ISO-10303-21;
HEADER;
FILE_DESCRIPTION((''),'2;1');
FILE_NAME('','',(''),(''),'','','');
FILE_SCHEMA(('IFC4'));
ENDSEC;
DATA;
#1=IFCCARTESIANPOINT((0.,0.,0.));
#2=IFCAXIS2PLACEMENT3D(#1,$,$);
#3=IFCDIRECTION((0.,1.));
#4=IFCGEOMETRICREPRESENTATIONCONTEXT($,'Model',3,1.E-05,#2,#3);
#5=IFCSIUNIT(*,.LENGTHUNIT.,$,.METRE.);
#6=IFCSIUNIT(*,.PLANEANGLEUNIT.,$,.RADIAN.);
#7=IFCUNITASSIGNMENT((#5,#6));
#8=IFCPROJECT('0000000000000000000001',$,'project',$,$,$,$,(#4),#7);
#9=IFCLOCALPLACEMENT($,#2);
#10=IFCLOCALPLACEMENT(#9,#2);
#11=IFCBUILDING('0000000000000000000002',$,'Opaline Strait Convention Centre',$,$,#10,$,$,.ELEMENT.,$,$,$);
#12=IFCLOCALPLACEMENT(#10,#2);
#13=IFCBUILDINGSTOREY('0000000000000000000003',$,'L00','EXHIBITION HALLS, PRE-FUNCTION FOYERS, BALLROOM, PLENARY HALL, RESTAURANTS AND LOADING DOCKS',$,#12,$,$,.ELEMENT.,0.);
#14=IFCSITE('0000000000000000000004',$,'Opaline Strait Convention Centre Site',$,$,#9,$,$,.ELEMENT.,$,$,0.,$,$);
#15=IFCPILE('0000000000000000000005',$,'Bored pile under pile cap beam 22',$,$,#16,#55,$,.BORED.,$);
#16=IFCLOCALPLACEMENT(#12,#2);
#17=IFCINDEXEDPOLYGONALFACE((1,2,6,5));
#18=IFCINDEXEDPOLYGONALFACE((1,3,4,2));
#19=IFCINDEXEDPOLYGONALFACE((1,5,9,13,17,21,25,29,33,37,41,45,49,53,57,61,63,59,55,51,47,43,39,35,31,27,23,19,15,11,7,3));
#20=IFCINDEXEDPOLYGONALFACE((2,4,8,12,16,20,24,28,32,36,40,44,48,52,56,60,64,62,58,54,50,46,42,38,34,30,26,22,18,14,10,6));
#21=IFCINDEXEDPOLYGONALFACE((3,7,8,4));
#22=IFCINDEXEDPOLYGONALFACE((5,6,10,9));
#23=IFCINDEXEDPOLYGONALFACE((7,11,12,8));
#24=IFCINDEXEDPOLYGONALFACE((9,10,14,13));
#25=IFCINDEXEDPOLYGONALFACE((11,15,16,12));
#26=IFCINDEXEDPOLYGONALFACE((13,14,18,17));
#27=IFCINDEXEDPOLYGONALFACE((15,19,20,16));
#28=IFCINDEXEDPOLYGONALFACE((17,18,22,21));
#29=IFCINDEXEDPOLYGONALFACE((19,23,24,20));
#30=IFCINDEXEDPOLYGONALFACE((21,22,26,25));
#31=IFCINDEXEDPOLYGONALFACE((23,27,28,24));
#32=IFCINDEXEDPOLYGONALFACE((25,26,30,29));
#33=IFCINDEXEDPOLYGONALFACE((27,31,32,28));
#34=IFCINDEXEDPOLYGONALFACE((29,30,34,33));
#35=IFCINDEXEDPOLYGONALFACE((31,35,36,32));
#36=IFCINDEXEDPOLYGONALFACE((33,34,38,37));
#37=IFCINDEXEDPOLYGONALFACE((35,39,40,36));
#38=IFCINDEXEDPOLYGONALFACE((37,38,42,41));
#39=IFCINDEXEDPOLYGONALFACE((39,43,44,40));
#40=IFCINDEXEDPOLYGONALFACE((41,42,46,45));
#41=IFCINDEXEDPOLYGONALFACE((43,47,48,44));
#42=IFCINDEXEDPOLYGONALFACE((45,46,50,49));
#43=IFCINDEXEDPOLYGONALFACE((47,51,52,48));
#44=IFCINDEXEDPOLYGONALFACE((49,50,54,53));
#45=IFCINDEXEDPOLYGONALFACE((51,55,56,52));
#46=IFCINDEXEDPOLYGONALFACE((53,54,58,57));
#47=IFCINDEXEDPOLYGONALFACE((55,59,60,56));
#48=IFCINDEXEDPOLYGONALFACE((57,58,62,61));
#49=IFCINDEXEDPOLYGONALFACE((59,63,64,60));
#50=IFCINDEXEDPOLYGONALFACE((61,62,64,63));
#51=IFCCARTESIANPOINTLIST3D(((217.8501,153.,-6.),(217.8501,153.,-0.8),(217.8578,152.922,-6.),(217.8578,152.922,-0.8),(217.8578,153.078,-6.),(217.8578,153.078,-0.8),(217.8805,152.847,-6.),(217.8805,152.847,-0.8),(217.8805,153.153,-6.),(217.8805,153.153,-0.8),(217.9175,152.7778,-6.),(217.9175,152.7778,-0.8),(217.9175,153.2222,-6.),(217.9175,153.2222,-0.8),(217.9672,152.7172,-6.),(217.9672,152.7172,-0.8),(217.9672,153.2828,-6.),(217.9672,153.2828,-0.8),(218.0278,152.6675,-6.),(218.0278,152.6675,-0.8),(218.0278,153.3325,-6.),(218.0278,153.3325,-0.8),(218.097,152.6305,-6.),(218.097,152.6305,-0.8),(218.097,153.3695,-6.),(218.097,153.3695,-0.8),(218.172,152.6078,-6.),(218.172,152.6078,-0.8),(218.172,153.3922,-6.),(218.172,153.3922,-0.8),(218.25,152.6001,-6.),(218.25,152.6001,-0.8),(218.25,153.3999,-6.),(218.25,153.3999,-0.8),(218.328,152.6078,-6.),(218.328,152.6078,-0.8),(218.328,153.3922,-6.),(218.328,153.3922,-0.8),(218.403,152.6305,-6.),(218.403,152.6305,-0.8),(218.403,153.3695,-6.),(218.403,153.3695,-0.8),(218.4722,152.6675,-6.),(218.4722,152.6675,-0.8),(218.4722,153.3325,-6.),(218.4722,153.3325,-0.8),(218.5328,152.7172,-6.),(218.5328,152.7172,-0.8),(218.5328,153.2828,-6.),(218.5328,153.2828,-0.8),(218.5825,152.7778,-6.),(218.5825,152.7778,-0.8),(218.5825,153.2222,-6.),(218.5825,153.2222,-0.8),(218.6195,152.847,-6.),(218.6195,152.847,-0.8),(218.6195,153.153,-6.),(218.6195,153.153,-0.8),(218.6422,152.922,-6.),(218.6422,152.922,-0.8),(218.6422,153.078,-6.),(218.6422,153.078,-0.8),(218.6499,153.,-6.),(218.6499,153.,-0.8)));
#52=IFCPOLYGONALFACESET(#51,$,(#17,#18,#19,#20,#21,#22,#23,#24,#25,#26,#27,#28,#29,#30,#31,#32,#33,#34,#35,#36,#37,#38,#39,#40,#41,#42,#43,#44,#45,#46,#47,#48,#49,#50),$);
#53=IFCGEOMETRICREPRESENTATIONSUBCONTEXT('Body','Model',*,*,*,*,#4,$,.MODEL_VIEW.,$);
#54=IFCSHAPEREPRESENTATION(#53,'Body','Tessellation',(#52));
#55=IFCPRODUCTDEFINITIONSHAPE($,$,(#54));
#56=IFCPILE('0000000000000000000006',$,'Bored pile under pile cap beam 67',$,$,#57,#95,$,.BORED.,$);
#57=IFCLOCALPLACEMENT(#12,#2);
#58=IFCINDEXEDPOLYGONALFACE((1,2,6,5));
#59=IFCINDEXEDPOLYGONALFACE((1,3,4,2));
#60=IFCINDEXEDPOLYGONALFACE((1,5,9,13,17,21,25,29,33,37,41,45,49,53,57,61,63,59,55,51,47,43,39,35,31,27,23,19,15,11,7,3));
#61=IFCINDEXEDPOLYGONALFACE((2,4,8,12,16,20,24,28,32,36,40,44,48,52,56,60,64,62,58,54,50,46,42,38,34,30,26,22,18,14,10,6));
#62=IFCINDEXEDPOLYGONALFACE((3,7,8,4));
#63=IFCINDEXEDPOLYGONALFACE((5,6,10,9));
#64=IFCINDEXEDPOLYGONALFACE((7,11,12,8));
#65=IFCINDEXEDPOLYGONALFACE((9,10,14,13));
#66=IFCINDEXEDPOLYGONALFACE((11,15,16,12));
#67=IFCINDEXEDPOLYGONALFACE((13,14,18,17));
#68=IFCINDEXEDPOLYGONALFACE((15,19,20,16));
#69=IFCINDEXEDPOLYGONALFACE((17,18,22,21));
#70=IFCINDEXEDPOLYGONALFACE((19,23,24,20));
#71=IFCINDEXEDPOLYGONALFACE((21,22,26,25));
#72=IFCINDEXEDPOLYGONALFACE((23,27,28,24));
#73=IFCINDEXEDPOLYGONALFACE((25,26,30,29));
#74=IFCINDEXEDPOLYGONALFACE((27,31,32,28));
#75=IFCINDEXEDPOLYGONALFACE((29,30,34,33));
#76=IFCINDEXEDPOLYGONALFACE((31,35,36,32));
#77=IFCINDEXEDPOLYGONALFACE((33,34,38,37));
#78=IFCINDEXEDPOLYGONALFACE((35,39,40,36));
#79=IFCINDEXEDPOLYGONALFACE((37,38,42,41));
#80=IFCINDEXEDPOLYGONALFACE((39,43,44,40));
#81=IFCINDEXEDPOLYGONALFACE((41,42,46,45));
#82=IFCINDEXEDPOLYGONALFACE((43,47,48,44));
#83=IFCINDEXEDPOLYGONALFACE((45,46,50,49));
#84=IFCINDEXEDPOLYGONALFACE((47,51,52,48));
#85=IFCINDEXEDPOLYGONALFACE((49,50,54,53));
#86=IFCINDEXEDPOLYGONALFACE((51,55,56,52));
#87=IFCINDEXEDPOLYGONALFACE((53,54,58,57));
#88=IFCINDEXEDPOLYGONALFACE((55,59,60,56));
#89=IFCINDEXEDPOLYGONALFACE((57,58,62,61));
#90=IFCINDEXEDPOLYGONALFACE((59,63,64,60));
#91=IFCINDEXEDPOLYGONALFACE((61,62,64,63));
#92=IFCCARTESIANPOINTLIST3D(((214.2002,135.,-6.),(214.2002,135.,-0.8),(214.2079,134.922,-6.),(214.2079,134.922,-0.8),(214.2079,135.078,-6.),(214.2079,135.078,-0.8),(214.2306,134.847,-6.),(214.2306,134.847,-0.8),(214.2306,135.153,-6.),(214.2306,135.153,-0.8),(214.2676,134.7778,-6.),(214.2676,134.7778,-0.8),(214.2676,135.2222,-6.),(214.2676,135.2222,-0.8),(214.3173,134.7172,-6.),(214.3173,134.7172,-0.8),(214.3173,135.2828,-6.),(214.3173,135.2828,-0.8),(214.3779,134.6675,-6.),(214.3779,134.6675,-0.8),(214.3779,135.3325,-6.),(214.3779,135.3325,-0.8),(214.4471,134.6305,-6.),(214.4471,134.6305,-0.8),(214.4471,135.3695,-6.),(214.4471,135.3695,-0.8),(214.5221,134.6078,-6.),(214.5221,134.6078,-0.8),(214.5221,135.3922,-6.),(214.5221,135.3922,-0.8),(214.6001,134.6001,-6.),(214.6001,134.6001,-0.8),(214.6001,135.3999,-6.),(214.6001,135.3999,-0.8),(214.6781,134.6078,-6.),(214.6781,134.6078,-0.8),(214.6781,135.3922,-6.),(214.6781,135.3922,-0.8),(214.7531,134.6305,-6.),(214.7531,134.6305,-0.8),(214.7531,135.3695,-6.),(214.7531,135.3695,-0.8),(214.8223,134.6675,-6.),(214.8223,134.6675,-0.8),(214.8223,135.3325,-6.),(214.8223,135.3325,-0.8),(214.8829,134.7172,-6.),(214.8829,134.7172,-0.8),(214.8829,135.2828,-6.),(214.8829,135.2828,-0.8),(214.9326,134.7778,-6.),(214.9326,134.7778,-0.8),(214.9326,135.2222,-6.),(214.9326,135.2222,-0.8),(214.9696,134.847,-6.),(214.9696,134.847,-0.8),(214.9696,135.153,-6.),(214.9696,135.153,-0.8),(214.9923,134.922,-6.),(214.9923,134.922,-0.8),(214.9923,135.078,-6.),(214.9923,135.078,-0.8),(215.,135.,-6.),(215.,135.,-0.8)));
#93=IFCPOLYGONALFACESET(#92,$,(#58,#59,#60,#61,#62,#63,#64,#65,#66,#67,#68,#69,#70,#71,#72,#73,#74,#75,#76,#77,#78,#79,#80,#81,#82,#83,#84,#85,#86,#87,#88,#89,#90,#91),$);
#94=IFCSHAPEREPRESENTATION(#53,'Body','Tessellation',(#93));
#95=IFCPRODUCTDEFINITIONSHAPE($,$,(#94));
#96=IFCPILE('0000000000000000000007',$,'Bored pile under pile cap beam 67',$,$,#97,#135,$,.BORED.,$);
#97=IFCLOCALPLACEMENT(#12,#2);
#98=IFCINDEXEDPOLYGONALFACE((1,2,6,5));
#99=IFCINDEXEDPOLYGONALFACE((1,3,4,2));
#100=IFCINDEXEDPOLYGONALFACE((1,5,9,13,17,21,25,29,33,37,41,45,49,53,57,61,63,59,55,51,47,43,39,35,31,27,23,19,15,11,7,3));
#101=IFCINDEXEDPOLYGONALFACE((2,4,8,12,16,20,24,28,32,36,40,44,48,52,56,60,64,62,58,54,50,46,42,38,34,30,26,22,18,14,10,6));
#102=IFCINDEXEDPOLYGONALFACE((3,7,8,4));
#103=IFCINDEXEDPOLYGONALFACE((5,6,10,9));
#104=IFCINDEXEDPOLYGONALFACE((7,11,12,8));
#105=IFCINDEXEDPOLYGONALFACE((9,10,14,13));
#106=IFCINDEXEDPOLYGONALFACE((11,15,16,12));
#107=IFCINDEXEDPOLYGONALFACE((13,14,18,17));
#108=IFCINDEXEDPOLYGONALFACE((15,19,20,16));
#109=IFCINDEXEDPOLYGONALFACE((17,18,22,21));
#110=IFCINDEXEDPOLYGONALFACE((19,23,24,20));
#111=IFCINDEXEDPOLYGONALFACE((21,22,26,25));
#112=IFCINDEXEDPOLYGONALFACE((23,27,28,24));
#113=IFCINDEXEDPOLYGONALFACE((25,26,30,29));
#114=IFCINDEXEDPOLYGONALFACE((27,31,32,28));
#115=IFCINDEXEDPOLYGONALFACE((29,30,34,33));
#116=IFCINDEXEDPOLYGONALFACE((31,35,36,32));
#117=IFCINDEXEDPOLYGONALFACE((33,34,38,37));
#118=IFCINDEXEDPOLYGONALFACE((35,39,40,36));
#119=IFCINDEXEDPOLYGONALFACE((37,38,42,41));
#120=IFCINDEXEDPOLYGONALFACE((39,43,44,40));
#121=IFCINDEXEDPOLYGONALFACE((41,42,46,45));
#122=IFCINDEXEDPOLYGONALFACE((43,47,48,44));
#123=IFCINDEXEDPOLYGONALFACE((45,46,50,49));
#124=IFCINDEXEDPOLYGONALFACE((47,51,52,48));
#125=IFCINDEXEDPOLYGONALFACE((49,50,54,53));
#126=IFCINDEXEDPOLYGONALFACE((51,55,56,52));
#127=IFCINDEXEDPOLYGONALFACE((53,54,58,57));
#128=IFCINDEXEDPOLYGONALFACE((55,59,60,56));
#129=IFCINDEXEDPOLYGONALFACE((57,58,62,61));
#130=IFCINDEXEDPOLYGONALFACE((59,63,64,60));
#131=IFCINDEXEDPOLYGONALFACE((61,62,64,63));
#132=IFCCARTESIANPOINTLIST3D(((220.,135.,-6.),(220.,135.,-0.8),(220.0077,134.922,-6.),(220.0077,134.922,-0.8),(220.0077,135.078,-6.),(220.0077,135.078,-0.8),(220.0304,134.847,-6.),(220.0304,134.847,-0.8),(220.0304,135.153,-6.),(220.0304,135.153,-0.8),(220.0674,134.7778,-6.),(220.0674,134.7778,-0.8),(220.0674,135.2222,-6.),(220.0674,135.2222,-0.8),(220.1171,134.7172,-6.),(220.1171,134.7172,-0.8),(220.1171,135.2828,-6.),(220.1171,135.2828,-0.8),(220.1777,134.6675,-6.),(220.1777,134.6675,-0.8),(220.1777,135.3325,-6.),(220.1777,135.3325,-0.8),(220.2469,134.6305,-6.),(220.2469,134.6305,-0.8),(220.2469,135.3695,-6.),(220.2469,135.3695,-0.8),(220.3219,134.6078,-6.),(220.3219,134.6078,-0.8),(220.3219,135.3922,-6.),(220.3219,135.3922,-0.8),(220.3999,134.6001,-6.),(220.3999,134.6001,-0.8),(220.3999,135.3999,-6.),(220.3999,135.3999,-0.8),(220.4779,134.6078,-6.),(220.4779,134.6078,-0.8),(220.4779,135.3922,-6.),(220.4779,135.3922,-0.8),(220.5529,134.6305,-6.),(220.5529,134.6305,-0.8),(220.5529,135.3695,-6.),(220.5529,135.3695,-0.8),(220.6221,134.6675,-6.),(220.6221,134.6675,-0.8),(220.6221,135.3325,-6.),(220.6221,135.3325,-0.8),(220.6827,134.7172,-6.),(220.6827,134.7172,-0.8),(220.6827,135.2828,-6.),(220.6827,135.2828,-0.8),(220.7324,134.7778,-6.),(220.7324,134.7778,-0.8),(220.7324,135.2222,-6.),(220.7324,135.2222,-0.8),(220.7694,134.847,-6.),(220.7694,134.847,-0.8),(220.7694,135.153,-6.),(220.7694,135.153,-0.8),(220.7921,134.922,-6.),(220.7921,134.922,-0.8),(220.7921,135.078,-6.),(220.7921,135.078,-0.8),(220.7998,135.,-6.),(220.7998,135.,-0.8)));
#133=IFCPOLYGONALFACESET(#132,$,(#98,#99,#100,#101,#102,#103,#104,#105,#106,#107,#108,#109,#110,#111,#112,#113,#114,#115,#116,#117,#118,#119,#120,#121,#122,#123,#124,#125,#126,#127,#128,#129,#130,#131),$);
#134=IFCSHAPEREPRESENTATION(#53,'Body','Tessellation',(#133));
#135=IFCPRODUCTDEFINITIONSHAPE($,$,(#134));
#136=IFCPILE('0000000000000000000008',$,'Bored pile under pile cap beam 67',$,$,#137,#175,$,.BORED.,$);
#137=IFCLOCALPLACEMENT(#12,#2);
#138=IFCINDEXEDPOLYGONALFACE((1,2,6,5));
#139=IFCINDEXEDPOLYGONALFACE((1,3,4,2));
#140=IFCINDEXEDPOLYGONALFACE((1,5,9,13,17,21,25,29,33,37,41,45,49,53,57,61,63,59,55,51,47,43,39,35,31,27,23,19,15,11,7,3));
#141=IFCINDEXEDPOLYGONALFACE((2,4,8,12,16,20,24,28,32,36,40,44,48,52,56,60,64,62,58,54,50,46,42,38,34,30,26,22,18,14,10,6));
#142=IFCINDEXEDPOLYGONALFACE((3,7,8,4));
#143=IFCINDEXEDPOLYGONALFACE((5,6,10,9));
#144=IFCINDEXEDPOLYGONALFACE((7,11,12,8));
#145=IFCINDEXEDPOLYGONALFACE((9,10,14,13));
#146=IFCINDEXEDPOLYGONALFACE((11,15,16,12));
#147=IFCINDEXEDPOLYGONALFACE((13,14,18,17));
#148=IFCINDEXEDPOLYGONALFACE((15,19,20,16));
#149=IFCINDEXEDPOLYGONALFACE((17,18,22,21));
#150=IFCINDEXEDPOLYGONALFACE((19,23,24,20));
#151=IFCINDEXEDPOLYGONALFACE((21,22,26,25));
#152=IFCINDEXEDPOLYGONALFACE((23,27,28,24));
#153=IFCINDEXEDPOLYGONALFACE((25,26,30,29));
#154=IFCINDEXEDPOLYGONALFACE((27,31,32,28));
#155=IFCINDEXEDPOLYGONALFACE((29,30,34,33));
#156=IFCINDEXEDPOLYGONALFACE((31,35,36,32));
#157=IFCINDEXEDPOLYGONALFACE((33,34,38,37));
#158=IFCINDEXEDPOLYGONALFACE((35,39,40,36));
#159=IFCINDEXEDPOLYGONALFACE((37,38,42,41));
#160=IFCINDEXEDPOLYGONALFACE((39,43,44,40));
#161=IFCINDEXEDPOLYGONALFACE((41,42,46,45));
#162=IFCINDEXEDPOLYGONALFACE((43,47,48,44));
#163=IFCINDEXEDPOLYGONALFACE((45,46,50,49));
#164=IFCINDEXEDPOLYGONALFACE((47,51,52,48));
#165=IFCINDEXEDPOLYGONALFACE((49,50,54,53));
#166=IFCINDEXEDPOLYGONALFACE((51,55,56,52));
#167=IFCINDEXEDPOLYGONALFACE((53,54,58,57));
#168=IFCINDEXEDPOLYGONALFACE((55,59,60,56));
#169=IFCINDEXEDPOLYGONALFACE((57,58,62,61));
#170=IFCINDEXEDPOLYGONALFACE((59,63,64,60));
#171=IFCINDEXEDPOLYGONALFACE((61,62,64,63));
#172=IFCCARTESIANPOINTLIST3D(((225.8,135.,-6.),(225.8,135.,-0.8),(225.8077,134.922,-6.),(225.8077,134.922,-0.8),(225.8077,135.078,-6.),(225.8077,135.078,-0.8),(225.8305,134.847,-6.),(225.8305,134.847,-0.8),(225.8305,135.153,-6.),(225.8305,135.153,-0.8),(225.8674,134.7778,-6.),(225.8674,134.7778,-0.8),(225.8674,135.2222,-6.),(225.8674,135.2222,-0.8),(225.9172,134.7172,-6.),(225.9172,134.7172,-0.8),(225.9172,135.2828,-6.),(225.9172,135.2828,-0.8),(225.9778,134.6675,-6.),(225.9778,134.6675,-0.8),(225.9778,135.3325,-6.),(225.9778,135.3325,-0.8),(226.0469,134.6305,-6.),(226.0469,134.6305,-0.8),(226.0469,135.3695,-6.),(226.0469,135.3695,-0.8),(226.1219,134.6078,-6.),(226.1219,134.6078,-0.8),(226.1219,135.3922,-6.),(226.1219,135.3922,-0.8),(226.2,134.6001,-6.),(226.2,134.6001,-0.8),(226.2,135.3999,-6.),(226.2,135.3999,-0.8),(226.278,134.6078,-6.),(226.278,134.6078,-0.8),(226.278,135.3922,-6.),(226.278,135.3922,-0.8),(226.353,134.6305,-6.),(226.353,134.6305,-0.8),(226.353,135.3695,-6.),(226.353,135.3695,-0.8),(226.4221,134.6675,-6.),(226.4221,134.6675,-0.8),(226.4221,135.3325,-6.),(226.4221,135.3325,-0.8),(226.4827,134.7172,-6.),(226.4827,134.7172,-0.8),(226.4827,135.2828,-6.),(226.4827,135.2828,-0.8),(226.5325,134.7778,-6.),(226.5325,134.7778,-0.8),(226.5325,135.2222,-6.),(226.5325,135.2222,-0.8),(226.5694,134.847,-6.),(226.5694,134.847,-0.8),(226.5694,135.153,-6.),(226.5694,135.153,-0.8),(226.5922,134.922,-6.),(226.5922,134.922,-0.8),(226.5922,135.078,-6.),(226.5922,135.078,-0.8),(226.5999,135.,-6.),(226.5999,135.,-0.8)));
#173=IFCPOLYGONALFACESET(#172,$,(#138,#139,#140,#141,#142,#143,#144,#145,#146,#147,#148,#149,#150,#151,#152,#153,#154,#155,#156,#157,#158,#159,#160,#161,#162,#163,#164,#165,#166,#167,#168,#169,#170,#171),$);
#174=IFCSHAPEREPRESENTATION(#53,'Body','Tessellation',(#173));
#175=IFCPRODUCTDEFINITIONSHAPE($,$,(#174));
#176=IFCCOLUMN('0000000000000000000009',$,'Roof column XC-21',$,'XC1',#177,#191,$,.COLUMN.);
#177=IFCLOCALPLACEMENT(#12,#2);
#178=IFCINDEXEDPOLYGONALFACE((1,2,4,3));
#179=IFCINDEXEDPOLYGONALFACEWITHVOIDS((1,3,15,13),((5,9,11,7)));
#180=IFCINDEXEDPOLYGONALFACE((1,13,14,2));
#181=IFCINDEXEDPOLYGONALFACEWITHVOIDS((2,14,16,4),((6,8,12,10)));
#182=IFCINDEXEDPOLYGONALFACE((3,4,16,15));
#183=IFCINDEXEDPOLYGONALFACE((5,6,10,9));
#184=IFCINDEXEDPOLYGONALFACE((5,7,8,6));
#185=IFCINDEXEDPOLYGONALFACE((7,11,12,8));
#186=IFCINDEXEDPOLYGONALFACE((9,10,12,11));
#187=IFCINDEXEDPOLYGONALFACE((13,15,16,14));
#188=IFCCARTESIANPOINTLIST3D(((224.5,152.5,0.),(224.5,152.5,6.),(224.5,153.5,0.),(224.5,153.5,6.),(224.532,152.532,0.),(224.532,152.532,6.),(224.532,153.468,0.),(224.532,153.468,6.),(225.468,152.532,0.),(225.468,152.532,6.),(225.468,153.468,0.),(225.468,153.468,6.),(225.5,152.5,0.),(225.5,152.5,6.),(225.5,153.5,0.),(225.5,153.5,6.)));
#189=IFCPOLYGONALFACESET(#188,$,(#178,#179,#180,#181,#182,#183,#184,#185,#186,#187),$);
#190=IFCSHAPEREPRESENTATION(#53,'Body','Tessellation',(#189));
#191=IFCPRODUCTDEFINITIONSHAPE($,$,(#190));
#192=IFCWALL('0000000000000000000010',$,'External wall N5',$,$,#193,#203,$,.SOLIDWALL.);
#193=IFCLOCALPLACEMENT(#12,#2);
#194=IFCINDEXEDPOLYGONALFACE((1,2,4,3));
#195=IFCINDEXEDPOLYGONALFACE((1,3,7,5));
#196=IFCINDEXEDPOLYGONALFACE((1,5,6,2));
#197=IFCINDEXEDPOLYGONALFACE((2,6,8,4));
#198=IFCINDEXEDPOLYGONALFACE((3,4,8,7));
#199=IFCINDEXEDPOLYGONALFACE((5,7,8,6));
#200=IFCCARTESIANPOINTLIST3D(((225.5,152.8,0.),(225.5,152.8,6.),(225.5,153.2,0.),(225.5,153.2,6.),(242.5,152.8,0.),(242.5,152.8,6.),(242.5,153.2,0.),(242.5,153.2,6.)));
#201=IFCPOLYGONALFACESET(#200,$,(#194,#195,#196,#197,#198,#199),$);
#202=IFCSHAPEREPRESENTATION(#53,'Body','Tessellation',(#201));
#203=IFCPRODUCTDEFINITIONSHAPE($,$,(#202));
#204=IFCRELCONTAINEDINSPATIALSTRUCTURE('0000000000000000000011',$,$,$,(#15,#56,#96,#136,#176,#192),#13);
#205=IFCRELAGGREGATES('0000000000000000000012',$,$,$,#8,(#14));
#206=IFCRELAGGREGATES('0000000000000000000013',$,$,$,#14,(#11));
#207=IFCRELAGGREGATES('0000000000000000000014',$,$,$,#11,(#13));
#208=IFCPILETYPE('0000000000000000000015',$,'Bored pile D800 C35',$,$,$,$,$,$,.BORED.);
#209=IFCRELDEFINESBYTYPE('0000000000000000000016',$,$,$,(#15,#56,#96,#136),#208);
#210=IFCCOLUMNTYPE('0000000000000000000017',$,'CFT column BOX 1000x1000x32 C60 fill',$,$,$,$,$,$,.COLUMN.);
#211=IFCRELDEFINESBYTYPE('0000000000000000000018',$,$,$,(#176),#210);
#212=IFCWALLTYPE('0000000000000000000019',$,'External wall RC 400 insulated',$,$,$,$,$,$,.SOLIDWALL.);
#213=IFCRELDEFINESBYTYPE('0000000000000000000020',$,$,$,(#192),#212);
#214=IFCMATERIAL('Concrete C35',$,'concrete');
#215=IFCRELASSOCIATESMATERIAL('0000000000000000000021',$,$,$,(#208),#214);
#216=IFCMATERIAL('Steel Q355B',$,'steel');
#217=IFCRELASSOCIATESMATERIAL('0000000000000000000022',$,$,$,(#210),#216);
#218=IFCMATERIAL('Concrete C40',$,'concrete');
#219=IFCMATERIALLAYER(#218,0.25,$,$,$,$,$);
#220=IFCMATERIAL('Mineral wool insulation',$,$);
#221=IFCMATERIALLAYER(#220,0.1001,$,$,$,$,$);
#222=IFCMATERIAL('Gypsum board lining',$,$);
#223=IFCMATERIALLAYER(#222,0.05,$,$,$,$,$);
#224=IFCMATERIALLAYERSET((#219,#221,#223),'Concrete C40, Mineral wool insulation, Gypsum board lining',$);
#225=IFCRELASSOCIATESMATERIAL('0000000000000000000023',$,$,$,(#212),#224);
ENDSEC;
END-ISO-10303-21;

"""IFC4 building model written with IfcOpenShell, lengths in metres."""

from ifc_helpers import new_model, si_unit, direction, frame, frame_2d, origin, origin_2d, place, context, subcontext, project, spatial, rectangle, hollow_rectangle, circle, extrude, material, layer, layer_set, material_profile, profile_set, type_object, element, save


model = new_model("IFC4")

# Units and contexts
model_context = context("Model", 3, precision=1e-05, world=origin(), true_north=direction((0.0, 1.0)))
body_context = subcontext(model_context, "Body", "Model", "MODEL_VIEW")
ifc_project = project(units=[si_unit("LENGTHUNIT", "METRE"), si_unit("PLANEANGLEUNIT", "RADIAN")], contexts=[model_context])

# Site, building, storey
site_placement = place(None, origin())
site = spatial("IfcSite", under=ifc_project, at=site_placement, Name="Opaline Strait Convention Centre Site", CompositionType="ELEMENT", RefElevation=0.0)
building_placement = place(site_placement, origin())
building = spatial("IfcBuilding", under=site, at=building_placement, Name="Opaline Strait Convention Centre", CompositionType="ELEMENT")
storey_placement = place(building_placement, origin())
storey = spatial("IfcBuildingStorey", under=building, at=storey_placement, Name="L00", Description="EXHIBITION HALLS, PRE-FUNCTION FOYERS, BALLROOM, PLENARY HALL, RESTAURANTS AND LOADING DOCKS", CompositionType="ELEMENT", Elevation=0.0)

# Piles
ifc_material_1 = material(Name="Concrete C35", Category="concrete")
ifc_material_profile_1 = material_profile(ifc_material_1, circle(Radius=0.3999, at=origin_2d()), Name="D800")
ifc_profile_set_1 = profile_set([ifc_material_profile_1], Name="Concrete C35")
pile_type_1 = type_object("IfcPileType", Name="Bored pile D800 C35", PredefinedType="BORED", material=ifc_profile_set_1)
for number, where, z_axis, x_axis, name in (
    (1, (218.25, 153.0, -0.8), (0.0, 0.0, -1.0), (1.0, 0.0, 0.0), "Bored pile under pile cap beam 22"),
    (2, (214.6001, 135.0, -0.8), (0.0, 0.0, -1.0), (1.0, 0.0, 0.0), "Bored pile under pile cap beam 67"),
    (3, (220.3999, 135.0, -0.8), (0.0, 0.0, -1.0), (1.0, 0.0, 0.0), "Bored pile under pile cap beam 67"),
    (4, (226.2, 135.0, -0.8), (0.0, 0.0, -1.0), (1.0, 0.0, 0.0), "Bored pile under pile cap beam 67"),
):
    element("IfcPile", number, at=place(storey_placement, frame(where, z_axis=z_axis, x_axis=x_axis)), inside=storey, type_object=pile_type_1, Name=name, PredefinedType="BORED", context=body_context, shape_type="SweptSolid", body=[
        extrude(circle(Radius=0.3999, at=origin_2d()), origin(), (0.0, 0.0, 1.0), 5.2),
    ])

# Column
ifc_material_2 = material(Name="Steel Q355B", Category="steel")
ifc_material_profile_2 = material_profile(ifc_material_2, hollow_rectangle(XDim=1.0, YDim=1.0, WallThickness=0.032, at=origin_2d()), Name="BOX 1000x1000x32")
ifc_profile_set_2 = profile_set([ifc_material_profile_2], Name="Steel Q355B")
column_type = type_object("IfcColumnType", Name="CFT column BOX 1000x1000x32 C60 fill", PredefinedType="COLUMN", material=ifc_profile_set_2)
column_placement = place(storey_placement, frame((225.0, 153.0, 0.0), z_axis=(0.0, 0.0, 1.0), x_axis=(1.0, 0.0, 0.0)))
element("IfcColumn", 5, at=column_placement, inside=storey, type_object=column_type, Name="Roof column XC-21", ObjectType="XC1", PredefinedType="COLUMN", context=body_context, shape_type="SweptSolid", body=[
    extrude(hollow_rectangle(XDim=1.0, YDim=1.0, WallThickness=0.032, at=origin_2d()), origin(), (0.0, 0.0, 1.0), 6.0),
])

# Wall
ifc_material_3 = material(Name="Concrete C40", Category="concrete")
ifc_layer_1 = layer(ifc_material_3, 0.25)
ifc_material_4 = material(Name="Mineral wool insulation")
ifc_layer_2 = layer(ifc_material_4, 0.1001)
ifc_material_5 = material(Name="Gypsum board lining")
ifc_layer_3 = layer(ifc_material_5, 0.05)
ifc_layer_set = layer_set([ifc_layer_1, ifc_layer_2, ifc_layer_3], Name="Concrete C40, Mineral wool insulation, Gypsum board lining")
wall_type = type_object("IfcWallType", Name="External wall RC 400 insulated", PredefinedType="SOLIDWALL", material=ifc_layer_set)
wall_placement = place(storey_placement, frame((225.5, 153.0, 0.0), z_axis=(0.0, 0.0, 1.0), x_axis=(1.0, 0.0, 0.0)))
element("IfcWall", 6, at=wall_placement, inside=storey, type_object=wall_type, Name="External wall N5", PredefinedType="SOLIDWALL", context=body_context, shape_type="SweptSolid", body=[
    extrude(rectangle(XDim=17.0, YDim=0.3999, at=frame_2d((8.5, 0.0))), origin(), (0.0, 0.0, 1.0), 6.0),
])

save(model, "model.ifc")
